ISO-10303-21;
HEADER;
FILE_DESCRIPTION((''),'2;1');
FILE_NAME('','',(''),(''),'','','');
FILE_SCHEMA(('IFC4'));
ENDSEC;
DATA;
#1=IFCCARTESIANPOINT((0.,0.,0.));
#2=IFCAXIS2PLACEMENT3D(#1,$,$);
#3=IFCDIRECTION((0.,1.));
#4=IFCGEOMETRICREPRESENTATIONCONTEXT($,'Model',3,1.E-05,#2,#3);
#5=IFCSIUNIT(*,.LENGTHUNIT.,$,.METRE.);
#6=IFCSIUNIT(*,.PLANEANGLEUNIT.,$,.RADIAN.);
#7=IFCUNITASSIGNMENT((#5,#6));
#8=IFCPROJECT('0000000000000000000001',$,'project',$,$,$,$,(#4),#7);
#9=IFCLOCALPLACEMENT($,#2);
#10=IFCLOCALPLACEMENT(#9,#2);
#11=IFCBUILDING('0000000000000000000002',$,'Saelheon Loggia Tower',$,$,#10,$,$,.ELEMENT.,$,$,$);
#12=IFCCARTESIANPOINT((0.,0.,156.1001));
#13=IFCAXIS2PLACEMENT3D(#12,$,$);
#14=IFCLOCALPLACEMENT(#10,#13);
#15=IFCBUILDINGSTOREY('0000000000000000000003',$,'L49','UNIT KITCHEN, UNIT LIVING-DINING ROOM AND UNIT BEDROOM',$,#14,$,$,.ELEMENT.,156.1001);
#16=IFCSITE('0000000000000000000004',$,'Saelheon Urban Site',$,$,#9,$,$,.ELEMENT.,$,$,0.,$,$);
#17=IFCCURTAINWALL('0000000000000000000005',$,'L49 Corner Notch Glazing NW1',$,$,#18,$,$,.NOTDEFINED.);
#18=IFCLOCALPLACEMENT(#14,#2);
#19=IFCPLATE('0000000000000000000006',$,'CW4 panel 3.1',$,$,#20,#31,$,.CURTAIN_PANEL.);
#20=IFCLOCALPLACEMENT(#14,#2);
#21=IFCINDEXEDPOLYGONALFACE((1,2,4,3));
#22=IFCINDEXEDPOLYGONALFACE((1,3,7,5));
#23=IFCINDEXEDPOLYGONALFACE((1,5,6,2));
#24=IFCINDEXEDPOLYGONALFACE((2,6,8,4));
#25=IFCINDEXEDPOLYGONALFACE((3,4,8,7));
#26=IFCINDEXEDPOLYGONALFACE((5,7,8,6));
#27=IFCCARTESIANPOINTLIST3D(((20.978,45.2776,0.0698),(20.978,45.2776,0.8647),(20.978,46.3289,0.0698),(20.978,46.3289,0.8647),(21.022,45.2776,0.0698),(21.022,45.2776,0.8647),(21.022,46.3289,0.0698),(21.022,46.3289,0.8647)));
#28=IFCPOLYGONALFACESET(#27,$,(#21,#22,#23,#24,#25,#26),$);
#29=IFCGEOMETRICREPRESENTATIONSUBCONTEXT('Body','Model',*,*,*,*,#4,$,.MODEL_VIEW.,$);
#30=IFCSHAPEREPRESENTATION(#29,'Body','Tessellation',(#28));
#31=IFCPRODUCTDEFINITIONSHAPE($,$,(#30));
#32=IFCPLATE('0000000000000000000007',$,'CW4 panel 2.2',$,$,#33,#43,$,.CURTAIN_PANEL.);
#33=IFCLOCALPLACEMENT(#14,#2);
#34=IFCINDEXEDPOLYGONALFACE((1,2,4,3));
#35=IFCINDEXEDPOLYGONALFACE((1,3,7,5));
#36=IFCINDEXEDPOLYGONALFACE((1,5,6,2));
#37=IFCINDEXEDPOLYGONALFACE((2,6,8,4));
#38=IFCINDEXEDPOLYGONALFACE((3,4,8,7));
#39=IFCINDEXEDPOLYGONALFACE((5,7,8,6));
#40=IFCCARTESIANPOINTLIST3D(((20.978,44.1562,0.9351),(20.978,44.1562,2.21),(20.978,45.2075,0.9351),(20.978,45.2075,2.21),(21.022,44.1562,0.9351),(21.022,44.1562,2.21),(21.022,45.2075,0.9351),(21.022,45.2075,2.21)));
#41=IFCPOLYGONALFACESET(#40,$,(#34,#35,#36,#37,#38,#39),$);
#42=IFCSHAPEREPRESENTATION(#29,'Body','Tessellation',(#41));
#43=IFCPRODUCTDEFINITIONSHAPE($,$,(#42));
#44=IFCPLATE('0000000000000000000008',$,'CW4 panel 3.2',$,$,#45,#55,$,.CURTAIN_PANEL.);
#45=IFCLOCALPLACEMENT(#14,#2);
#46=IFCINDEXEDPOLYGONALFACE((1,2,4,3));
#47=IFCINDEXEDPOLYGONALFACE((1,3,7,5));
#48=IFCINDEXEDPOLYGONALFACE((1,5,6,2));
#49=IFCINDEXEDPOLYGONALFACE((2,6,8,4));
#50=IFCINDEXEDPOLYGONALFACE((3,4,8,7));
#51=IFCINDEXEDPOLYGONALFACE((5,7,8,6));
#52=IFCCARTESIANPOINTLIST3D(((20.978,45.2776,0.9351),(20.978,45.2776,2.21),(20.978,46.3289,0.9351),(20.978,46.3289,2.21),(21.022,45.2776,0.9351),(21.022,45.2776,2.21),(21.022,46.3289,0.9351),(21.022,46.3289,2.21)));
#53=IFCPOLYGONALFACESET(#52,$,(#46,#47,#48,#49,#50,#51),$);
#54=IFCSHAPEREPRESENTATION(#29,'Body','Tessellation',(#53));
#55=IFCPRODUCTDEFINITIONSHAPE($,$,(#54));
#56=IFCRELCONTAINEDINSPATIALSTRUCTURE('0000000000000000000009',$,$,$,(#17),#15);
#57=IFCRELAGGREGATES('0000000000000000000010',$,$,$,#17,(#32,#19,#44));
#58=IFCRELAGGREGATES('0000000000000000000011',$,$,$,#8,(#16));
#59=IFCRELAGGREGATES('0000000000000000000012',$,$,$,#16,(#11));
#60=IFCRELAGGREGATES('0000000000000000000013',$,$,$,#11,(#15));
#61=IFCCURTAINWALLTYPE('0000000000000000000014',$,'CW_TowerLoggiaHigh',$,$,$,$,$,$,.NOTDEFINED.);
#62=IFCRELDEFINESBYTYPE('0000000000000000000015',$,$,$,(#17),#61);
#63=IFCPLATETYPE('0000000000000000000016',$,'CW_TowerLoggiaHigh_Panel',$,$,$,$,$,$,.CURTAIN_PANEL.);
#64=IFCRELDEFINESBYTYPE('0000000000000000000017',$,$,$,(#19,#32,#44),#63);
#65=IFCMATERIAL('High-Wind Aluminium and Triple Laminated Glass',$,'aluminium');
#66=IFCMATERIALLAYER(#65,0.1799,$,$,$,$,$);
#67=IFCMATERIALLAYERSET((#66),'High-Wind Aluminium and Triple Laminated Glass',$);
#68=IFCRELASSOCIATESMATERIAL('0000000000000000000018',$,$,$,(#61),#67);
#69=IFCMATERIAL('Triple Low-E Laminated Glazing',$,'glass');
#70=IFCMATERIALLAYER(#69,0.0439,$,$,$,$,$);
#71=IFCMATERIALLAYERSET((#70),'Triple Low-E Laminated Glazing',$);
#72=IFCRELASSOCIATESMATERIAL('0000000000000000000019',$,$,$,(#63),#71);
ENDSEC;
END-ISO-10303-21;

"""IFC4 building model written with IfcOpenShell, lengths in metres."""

from ifc_helpers import new_model, si_unit, direction, frame, origin, origin_2d, place, context, subcontext, project, spatial, rectangle, extrude, source, transform, mapped, material, layer, layer_set, type_object, element, aggregate, save


model = new_model("IFC4")

# Units and contexts
model_context = context("Model", 3, precision=1e-05, world=origin(), true_north=direction((0.0, 1.0)))
body_context = subcontext(model_context, "Body", "Model", "MODEL_VIEW")
ifc_project = project(units=[si_unit("LENGTHUNIT", "METRE"), si_unit("PLANEANGLEUNIT", "RADIAN")], contexts=[model_context])

# Site, building, storey
site_placement = place(None, origin())
site = spatial("IfcSite", under=ifc_project, at=site_placement, Name="Saelheon Urban Site", CompositionType="ELEMENT", RefElevation=0.0)
building_placement = place(site_placement, origin())
building = spatial("IfcBuilding", under=site, at=building_placement, Name="Saelheon Loggia Tower", CompositionType="ELEMENT")
storey_placement = place(building_placement, frame((0.0, 0.0, 156.1001)))
storey = spatial("IfcBuildingStorey", under=building, at=storey_placement, Name="L49", Description="UNIT KITCHEN, UNIT LIVING-DINING ROOM AND UNIT BEDROOM", CompositionType="ELEMENT", Elevation=156.1001)

# Curtain wall, plates
ifc_material_1 = material(Name="High-Wind Aluminium and Triple Laminated Glass", Category="aluminium")
ifc_layer_1 = layer(ifc_material_1, 0.1799)
ifc_layer_set_1 = layer_set([ifc_layer_1], Name="High-Wind Aluminium and Triple Laminated Glass")
curtain_wall_type = type_object("IfcCurtainWallType", Name="CW_TowerLoggiaHigh", PredefinedType="NOTDEFINED", material=ifc_layer_set_1)
curtain_wall_placement = place(storey_placement, origin())
curtain_wall = element("IfcCurtainWall", 1, at=curtain_wall_placement, inside=storey, type_object=curtain_wall_type, Name="L49 Corner Notch Glazing NW1", PredefinedType="NOTDEFINED")
ifc_material_2 = material(Name="Triple Low-E Laminated Glazing", Category="glass")
ifc_layer_2 = layer(ifc_material_2, 0.0439)
ifc_layer_set_2 = layer_set([ifc_layer_2], Name="Triple Low-E Laminated Glazing")
plate_type = type_object("IfcPlateType", Name="CW_TowerLoggiaHigh_Panel", PredefinedType="CURTAIN_PANEL", material=ifc_layer_set_2)
shared_shape_1 = source(origin(), body_context, "Body", "SweptSolid", [
    extrude(rectangle(XDim=1.0513, YDim=0.0439, at=origin_2d()), origin(), (0.0, 0.0, 1.0), 0.7949),
])
plate_1_placement = place(storey_placement, frame((21.0, 45.8032, 0.0698), z_axis=(0.0, 0.0, 1.0), x_axis=(0.0, 1.0, 0.0)))
plate_1 = element("IfcPlate", 2, at=plate_1_placement, type_object=plate_type, Name="CW4 panel 3.1", PredefinedType="CURTAIN_PANEL", context=body_context, shape_type="MappedRepresentation", body=[
    mapped(shared_shape_1, transform((0.0, 0.0, 0.0), scale=1.0)),
])
shared_shape_2 = source(origin(), body_context, "Body", "SweptSolid", [
    extrude(rectangle(XDim=1.0513, YDim=0.0439, at=origin_2d()), origin(), (0.0, 0.0, 1.0), 1.2749),
])
plate_2_placement = place(storey_placement, frame((21.0, 44.6819, 0.9351), z_axis=(0.0, 0.0, 1.0), x_axis=(0.0, 1.0, 0.0)))
plate_2 = element("IfcPlate", 3, at=plate_2_placement, type_object=plate_type, Name="CW4 panel 2.2", PredefinedType="CURTAIN_PANEL", context=body_context, shape_type="MappedRepresentation", body=[
    mapped(shared_shape_2, transform((0.0, 0.0, 0.0), scale=1.0)),
])
plate_3_placement = place(storey_placement, frame((21.0, 45.8032, 0.9351), z_axis=(0.0, 0.0, 1.0), x_axis=(0.0, 1.0, 0.0)))
plate_3 = element("IfcPlate", 4, at=plate_3_placement, type_object=plate_type, Name="CW4 panel 3.2", PredefinedType="CURTAIN_PANEL", context=body_context, shape_type="MappedRepresentation", body=[
    mapped(shared_shape_2, transform((0.0, 0.0, 0.0), scale=1.0)),
])
aggregate(curtain_wall, [plate_2, plate_1, plate_3])

save(model, "model.ifc")
